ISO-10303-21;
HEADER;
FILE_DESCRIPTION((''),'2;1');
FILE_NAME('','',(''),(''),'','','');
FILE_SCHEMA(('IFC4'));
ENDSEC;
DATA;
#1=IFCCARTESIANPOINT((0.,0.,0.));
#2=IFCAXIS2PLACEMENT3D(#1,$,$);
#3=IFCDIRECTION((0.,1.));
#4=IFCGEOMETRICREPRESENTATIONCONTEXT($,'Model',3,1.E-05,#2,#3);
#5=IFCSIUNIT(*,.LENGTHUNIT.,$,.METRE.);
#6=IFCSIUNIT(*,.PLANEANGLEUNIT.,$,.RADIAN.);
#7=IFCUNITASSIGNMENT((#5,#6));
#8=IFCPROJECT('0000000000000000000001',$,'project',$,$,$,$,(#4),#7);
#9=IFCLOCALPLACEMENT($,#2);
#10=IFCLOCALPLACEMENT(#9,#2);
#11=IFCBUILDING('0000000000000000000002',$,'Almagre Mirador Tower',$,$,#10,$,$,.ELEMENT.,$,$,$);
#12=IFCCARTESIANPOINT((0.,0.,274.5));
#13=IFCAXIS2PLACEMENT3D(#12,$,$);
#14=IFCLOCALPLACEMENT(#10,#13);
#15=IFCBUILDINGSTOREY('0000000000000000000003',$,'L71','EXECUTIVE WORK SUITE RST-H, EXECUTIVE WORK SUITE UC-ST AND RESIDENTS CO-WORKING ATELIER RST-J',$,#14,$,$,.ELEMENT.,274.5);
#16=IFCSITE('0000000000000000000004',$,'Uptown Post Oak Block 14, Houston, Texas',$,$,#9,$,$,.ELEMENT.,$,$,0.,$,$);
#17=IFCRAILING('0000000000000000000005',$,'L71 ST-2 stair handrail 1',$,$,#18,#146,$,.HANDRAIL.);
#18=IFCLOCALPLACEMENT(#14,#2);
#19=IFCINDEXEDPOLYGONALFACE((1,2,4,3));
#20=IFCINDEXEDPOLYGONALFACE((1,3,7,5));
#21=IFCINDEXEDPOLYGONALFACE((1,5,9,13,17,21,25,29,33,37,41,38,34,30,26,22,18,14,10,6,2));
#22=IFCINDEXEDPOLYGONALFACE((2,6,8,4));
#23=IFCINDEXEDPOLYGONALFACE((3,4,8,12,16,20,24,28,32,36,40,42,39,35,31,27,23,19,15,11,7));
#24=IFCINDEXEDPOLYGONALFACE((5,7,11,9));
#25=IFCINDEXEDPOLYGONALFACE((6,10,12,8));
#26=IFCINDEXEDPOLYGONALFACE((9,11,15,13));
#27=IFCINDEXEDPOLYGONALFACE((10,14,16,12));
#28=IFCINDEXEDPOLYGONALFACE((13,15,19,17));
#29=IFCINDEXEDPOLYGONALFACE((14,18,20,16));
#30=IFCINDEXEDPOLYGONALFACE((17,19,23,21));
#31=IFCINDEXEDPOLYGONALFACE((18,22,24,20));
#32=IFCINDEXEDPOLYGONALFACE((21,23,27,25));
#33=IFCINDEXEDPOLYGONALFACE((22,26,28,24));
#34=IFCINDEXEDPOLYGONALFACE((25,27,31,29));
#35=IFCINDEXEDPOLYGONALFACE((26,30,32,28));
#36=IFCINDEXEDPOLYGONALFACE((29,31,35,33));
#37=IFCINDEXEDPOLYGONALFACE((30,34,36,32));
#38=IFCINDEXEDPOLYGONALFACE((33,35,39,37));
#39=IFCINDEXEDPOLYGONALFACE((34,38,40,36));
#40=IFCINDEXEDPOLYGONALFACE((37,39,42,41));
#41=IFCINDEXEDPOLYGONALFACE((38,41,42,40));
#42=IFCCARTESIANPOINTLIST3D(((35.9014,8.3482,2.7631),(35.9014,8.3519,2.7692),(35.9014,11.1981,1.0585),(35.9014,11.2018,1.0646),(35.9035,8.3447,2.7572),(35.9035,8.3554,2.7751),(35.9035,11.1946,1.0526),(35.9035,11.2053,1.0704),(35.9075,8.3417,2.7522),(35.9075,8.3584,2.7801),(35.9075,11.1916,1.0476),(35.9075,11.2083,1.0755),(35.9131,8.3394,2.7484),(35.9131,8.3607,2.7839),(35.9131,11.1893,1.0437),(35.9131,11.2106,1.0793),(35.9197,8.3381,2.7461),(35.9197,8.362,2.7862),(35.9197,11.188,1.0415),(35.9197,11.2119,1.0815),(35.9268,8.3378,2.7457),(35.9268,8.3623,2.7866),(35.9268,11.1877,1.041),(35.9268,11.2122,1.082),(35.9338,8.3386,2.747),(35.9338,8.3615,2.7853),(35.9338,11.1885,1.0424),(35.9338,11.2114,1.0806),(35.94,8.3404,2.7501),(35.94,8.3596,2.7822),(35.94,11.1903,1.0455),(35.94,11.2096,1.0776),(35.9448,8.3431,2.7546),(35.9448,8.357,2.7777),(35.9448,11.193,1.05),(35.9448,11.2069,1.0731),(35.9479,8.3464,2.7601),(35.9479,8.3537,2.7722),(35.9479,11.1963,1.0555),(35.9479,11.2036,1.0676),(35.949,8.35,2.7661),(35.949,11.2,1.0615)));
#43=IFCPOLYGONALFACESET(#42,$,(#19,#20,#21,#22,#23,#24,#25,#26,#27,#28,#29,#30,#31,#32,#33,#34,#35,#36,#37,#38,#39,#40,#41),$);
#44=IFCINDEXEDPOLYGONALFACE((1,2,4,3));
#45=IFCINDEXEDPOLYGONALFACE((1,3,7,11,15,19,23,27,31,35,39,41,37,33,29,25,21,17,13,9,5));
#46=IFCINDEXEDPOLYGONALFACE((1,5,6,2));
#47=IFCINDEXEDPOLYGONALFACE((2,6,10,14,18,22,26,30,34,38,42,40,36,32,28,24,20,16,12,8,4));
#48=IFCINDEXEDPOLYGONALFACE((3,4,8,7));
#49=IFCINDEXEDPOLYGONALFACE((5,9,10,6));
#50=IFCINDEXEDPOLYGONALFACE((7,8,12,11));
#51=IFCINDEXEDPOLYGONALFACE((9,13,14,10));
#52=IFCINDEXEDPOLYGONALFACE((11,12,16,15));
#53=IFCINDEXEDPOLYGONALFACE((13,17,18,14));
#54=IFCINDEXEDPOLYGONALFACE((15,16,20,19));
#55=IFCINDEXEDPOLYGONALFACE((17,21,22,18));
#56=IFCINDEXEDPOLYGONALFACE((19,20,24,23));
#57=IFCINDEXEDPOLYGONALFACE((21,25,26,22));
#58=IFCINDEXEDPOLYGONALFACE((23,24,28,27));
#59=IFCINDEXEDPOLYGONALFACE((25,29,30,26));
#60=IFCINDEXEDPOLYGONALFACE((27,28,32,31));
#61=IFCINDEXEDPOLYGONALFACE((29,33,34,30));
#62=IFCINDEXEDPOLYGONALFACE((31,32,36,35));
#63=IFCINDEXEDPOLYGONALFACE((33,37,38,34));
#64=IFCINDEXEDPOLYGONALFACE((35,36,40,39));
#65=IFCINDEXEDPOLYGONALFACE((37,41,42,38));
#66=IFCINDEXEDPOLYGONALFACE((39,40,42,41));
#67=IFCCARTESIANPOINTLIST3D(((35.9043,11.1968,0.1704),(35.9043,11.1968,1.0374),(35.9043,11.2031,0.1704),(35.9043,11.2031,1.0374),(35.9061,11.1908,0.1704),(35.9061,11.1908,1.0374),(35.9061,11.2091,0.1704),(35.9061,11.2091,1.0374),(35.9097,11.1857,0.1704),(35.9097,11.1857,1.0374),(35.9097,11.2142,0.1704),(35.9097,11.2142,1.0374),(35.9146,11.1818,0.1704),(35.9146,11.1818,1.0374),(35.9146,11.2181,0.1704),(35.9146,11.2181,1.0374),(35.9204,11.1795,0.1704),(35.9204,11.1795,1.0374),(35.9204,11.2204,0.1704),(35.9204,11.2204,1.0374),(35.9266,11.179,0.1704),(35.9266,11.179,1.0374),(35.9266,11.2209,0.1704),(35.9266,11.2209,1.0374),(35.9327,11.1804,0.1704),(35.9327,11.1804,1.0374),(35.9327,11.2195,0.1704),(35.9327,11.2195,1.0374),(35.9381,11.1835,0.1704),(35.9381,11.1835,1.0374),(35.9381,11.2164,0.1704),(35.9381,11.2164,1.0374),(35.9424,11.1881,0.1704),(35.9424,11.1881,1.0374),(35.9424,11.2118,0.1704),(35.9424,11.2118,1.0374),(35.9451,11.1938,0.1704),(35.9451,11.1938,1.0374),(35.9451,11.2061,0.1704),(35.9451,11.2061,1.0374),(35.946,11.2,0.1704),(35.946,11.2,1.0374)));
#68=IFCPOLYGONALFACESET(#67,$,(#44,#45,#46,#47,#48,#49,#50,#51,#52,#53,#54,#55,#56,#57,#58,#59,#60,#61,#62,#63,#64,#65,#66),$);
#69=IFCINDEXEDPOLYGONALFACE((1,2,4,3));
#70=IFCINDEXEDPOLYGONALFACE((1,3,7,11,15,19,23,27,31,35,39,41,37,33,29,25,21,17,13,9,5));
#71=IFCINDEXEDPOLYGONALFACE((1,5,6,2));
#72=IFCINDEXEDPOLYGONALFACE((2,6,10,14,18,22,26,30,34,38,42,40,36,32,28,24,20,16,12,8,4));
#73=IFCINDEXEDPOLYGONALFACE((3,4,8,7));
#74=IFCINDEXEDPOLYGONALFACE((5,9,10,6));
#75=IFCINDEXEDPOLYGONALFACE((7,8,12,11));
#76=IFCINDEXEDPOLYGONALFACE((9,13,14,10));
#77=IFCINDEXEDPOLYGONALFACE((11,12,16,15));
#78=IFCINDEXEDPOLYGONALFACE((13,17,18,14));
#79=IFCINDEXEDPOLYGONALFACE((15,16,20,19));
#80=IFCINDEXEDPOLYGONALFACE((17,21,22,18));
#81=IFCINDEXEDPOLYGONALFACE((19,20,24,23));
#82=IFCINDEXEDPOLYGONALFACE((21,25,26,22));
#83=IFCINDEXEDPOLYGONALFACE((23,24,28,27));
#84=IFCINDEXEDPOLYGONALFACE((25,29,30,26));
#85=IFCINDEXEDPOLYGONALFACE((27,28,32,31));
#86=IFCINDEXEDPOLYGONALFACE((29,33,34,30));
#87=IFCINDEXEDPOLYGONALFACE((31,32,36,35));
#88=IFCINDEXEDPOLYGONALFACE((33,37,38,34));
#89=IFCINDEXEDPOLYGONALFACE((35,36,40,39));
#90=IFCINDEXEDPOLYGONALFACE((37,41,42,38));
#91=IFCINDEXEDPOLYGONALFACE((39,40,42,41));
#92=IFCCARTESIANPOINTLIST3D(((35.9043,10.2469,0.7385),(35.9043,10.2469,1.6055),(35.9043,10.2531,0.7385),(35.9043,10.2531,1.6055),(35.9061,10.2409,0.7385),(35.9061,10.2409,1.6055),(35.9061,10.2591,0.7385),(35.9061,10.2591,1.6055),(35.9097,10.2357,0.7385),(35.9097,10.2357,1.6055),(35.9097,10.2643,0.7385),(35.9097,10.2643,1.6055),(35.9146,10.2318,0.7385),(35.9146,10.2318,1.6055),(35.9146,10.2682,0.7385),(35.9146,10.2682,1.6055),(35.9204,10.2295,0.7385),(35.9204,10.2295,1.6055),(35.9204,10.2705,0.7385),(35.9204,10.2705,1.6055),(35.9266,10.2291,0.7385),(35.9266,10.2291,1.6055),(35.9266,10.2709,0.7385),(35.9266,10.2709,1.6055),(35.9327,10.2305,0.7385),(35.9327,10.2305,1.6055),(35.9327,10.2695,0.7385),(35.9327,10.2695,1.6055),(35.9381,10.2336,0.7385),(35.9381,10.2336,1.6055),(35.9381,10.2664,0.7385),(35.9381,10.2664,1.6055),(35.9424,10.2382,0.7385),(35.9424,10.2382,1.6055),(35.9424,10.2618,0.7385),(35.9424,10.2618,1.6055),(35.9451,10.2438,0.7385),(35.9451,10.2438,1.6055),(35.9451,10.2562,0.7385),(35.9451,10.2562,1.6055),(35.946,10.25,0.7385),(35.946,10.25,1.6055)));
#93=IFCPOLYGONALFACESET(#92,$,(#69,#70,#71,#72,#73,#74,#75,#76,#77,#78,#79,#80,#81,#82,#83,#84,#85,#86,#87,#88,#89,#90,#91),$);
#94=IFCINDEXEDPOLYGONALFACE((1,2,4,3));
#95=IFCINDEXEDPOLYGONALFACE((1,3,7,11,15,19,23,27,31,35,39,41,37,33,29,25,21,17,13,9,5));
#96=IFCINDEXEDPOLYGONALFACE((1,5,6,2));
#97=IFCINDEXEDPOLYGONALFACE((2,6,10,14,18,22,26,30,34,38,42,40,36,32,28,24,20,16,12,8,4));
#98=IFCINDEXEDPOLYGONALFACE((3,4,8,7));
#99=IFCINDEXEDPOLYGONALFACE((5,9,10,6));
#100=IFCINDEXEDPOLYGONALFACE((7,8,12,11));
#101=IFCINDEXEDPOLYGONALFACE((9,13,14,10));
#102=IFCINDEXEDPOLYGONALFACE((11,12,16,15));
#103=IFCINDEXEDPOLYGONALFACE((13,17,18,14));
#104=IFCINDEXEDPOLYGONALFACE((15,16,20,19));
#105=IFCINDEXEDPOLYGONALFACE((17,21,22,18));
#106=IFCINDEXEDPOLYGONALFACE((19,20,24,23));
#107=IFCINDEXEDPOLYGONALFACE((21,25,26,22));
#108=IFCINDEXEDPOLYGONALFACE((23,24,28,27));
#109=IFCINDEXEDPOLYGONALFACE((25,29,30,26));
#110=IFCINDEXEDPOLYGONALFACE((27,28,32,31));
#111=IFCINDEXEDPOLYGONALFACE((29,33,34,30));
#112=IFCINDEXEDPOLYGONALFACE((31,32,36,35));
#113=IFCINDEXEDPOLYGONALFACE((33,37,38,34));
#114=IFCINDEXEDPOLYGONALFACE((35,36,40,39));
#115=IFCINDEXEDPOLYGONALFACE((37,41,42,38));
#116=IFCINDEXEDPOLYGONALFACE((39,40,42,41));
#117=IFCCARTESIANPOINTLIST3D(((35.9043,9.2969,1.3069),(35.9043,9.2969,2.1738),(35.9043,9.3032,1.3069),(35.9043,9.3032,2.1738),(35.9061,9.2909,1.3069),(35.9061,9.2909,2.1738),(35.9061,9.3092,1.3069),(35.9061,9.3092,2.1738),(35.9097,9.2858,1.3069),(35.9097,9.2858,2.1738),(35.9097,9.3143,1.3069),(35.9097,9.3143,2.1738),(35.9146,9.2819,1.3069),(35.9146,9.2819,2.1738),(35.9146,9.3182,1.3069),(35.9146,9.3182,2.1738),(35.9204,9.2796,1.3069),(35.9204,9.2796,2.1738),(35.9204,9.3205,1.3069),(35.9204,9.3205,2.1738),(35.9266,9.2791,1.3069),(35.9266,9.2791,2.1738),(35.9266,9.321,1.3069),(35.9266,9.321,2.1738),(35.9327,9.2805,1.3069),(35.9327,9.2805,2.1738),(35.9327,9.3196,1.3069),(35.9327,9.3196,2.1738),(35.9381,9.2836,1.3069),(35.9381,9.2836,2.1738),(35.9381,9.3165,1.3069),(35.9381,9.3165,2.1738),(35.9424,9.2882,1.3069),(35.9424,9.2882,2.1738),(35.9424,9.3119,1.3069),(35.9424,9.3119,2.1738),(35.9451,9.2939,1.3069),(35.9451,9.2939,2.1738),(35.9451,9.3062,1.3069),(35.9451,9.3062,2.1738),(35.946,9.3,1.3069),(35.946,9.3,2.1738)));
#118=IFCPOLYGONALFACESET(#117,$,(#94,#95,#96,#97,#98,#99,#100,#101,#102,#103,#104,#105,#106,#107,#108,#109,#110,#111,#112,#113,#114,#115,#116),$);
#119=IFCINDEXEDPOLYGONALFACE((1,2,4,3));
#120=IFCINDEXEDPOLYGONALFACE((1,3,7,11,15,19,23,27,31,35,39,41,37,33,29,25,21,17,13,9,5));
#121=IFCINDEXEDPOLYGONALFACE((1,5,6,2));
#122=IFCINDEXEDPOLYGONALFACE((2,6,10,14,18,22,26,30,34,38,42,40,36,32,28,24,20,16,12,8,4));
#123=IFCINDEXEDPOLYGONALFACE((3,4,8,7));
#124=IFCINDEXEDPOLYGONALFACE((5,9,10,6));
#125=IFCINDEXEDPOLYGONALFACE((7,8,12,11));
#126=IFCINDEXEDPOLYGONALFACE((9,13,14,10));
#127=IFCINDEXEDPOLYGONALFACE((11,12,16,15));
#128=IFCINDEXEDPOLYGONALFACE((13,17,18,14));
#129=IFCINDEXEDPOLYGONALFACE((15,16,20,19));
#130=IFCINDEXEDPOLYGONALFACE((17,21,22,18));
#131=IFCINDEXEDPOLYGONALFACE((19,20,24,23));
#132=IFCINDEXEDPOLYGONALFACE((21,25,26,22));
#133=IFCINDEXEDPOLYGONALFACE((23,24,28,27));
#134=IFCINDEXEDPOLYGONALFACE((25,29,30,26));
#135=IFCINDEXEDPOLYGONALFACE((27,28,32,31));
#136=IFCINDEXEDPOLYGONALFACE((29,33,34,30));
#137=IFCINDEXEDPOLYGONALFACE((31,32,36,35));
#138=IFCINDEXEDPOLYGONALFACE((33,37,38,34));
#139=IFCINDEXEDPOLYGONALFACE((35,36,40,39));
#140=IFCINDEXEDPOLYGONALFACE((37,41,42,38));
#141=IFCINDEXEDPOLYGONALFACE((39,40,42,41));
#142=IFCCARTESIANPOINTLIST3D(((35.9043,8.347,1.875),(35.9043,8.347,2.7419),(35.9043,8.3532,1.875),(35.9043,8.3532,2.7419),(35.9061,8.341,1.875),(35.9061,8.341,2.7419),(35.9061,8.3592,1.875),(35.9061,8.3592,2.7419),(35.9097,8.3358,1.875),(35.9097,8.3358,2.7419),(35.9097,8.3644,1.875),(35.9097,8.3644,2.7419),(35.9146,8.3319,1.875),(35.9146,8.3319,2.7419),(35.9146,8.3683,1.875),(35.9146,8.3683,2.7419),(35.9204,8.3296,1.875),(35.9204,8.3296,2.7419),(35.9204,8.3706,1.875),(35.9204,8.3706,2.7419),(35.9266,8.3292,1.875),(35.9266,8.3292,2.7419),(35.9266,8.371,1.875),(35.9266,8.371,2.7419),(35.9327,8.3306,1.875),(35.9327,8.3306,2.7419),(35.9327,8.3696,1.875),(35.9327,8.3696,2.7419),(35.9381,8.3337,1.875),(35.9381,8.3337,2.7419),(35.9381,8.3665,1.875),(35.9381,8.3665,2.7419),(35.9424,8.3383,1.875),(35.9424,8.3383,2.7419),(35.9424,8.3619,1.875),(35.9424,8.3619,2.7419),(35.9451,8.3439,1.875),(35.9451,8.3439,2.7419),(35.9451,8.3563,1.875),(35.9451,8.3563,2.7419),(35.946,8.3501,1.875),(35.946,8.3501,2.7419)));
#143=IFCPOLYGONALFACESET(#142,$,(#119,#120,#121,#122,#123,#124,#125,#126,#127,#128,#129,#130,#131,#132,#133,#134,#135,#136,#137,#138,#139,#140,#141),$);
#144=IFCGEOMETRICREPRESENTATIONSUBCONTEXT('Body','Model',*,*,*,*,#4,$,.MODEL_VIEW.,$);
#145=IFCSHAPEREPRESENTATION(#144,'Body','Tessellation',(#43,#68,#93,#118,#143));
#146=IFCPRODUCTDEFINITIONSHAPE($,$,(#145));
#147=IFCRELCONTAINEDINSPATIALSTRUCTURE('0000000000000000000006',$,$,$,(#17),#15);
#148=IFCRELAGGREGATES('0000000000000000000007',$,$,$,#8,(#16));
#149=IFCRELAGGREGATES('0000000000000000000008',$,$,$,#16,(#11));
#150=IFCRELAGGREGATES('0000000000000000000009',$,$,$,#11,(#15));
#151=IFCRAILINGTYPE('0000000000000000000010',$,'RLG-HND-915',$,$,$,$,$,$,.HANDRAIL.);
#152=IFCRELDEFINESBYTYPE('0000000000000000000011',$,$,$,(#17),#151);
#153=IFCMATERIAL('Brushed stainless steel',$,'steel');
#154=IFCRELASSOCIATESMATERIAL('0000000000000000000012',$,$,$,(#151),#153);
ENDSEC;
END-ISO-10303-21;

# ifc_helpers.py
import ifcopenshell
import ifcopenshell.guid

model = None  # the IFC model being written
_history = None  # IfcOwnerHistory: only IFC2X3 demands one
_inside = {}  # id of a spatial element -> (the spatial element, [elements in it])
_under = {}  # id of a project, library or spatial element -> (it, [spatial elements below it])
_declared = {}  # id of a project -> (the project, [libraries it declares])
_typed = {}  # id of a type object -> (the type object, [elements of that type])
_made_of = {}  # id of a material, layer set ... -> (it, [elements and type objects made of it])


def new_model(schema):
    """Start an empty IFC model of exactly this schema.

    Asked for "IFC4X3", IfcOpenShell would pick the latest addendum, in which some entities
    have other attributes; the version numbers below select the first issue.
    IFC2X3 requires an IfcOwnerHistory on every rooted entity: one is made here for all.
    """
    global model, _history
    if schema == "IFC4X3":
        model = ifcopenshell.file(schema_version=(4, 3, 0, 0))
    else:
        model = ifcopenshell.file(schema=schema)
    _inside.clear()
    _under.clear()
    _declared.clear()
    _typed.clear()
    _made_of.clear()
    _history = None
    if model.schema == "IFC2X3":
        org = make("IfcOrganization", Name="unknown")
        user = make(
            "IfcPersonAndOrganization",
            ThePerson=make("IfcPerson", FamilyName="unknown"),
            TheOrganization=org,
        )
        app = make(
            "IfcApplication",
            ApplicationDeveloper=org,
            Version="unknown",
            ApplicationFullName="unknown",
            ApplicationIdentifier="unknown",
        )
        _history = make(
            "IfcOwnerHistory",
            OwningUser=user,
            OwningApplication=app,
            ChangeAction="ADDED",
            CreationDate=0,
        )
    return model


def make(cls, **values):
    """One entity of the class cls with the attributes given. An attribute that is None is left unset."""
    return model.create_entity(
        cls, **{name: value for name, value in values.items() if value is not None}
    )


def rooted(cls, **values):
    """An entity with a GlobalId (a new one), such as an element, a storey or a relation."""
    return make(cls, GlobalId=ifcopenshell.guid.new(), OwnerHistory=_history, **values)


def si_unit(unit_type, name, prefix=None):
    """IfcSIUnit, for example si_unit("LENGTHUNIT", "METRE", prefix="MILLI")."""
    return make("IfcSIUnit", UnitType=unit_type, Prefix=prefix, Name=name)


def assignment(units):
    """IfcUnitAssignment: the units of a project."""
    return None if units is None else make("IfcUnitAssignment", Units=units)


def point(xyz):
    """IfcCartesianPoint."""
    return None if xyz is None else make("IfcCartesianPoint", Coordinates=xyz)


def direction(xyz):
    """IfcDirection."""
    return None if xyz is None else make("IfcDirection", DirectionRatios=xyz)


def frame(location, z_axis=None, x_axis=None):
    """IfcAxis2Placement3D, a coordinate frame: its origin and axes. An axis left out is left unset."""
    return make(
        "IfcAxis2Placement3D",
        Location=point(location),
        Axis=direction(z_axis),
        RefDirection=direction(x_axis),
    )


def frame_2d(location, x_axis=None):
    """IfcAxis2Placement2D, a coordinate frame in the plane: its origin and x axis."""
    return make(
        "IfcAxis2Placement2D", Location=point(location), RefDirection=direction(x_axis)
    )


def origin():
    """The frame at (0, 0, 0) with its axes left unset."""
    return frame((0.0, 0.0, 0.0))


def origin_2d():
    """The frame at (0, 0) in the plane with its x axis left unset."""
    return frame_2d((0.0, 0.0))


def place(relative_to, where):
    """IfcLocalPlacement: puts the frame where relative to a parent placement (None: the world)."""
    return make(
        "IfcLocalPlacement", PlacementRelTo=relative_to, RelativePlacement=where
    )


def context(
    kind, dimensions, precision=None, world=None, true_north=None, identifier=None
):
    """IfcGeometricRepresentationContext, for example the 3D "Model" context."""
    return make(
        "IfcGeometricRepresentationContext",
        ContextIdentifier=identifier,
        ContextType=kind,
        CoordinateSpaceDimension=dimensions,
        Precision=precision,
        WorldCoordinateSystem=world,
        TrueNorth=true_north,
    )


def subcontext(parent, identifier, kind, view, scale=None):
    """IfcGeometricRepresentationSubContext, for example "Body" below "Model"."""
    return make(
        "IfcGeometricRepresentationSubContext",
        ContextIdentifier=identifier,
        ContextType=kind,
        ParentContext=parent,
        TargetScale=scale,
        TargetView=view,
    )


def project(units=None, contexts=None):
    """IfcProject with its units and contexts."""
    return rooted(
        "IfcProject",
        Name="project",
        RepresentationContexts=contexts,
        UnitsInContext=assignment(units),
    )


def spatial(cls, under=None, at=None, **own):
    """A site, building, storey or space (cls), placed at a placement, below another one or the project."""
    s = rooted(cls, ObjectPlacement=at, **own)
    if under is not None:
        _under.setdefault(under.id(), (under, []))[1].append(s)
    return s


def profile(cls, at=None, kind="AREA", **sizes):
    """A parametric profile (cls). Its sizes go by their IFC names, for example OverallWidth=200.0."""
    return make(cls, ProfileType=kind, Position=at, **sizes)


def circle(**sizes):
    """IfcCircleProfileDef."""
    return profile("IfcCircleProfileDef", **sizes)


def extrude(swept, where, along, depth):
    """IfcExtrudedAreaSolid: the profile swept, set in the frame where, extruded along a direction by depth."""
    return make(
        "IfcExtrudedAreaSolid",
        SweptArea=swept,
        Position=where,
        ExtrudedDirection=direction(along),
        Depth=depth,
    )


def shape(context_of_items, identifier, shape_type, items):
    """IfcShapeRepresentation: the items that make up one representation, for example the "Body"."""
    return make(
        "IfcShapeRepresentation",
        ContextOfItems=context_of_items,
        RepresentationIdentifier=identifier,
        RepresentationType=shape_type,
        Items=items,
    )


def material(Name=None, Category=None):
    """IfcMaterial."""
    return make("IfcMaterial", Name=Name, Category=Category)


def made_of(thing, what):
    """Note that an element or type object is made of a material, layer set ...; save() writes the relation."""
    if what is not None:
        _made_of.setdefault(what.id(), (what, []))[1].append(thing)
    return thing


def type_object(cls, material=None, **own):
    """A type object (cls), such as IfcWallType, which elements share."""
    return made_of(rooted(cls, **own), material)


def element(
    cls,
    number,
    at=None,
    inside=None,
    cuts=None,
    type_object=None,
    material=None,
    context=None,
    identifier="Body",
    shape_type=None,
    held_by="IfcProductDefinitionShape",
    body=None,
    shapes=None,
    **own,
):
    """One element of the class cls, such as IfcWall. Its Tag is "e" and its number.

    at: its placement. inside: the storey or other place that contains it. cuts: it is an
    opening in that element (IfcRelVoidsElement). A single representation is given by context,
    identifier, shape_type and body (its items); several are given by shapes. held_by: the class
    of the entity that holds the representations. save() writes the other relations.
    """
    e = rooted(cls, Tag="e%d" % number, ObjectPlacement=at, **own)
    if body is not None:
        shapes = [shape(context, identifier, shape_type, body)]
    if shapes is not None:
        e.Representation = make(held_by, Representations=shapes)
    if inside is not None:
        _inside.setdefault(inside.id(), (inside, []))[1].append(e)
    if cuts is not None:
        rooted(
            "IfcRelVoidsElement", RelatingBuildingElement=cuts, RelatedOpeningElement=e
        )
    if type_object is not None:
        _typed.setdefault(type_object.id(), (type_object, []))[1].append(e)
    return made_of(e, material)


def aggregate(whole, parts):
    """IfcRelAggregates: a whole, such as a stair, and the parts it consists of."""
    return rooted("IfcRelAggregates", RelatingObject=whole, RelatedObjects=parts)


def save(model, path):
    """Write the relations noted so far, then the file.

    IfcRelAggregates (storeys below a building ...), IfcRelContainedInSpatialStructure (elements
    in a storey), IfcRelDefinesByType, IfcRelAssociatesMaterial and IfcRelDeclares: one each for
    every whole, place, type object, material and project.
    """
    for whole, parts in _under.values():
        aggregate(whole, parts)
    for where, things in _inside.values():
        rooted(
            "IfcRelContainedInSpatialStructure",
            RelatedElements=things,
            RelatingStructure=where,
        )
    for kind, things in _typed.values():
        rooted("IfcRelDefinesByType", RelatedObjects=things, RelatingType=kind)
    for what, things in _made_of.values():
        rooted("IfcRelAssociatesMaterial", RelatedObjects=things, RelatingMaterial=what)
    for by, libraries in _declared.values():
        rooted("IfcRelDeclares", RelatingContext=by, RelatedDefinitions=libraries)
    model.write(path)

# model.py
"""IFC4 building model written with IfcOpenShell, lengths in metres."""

from ifc_helpers import new_model, si_unit, direction, frame, origin, origin_2d, place, context, subcontext, project, spatial, circle, extrude, material, type_object, element, save


model = new_model("IFC4")

# Units and contexts
model_context = context("Model", 3, precision=1e-05, world=origin(), true_north=direction((0.0, 1.0)))
body_context = subcontext(model_context, "Body", "Model", "MODEL_VIEW")
ifc_project = project(units=[si_unit("LENGTHUNIT", "METRE"), si_unit("PLANEANGLEUNIT", "RADIAN")], contexts=[model_context])

# Site, building, storey
site_placement = place(None, origin())
site = spatial("IfcSite", under=ifc_project, at=site_placement, Name="Uptown Post Oak Block 14, Houston, Texas", CompositionType="ELEMENT", RefElevation=0.0)
building_placement = place(site_placement, origin())
building = spatial("IfcBuilding", under=site, at=building_placement, Name="Almagre Mirador Tower", CompositionType="ELEMENT")
storey_placement = place(building_placement, frame((0.0, 0.0, 274.5)))
storey = spatial("IfcBuildingStorey", under=building, at=storey_placement, Name="L71", Description="EXECUTIVE WORK SUITE RST-H, EXECUTIVE WORK SUITE UC-ST AND RESIDENTS CO-WORKING ATELIER RST-J", CompositionType="ELEMENT", Elevation=274.5)

# Railing
ifc_material_1 = material(Name="Brushed stainless steel", Category="steel")
railing_type_1 = type_object("IfcRailingType", Name="RLG-HND-915", PredefinedType="HANDRAIL", material=ifc_material_1)
railing_1_placement = place(storey_placement, frame((35.925, 11.2, 0.1704)))
element("IfcRailing", 1, at=railing_1_placement, inside=storey, type_object=railing_type_1, Name="L71 ST-2 stair handrail 1", PredefinedType="HANDRAIL", context=body_context, shape_type="SweptSolid", body=[
    extrude(circle(Radius=0.0239, at=origin_2d()), frame((0.0, 0.0, 0.8911), z_axis=(0.0, -0.858199, 0.513317), x_axis=(1.0, 0.0, 0.0)), (0.0, 0.0, 1.0), 3.3208),
    extrude(circle(Radius=0.021, at=origin_2d()), origin(), (0.0, 0.0, 1.0), 0.8669),
    extrude(circle(Radius=0.021, at=origin_2d()), frame((0.0, -0.95, 0.5681)), (0.0, 0.0, 1.0), 0.8669),
    extrude(circle(Radius=0.021, at=origin_2d()), frame((0.0, -1.8999, 1.1365)), (0.0, 0.0, 1.0), 0.8669),
    extrude(circle(Radius=0.021, at=origin_2d()), frame((0.0, -2.8499, 1.7046)), (0.0, 0.0, 1.0), 0.8669),
])

save(model, "model.ifc")
